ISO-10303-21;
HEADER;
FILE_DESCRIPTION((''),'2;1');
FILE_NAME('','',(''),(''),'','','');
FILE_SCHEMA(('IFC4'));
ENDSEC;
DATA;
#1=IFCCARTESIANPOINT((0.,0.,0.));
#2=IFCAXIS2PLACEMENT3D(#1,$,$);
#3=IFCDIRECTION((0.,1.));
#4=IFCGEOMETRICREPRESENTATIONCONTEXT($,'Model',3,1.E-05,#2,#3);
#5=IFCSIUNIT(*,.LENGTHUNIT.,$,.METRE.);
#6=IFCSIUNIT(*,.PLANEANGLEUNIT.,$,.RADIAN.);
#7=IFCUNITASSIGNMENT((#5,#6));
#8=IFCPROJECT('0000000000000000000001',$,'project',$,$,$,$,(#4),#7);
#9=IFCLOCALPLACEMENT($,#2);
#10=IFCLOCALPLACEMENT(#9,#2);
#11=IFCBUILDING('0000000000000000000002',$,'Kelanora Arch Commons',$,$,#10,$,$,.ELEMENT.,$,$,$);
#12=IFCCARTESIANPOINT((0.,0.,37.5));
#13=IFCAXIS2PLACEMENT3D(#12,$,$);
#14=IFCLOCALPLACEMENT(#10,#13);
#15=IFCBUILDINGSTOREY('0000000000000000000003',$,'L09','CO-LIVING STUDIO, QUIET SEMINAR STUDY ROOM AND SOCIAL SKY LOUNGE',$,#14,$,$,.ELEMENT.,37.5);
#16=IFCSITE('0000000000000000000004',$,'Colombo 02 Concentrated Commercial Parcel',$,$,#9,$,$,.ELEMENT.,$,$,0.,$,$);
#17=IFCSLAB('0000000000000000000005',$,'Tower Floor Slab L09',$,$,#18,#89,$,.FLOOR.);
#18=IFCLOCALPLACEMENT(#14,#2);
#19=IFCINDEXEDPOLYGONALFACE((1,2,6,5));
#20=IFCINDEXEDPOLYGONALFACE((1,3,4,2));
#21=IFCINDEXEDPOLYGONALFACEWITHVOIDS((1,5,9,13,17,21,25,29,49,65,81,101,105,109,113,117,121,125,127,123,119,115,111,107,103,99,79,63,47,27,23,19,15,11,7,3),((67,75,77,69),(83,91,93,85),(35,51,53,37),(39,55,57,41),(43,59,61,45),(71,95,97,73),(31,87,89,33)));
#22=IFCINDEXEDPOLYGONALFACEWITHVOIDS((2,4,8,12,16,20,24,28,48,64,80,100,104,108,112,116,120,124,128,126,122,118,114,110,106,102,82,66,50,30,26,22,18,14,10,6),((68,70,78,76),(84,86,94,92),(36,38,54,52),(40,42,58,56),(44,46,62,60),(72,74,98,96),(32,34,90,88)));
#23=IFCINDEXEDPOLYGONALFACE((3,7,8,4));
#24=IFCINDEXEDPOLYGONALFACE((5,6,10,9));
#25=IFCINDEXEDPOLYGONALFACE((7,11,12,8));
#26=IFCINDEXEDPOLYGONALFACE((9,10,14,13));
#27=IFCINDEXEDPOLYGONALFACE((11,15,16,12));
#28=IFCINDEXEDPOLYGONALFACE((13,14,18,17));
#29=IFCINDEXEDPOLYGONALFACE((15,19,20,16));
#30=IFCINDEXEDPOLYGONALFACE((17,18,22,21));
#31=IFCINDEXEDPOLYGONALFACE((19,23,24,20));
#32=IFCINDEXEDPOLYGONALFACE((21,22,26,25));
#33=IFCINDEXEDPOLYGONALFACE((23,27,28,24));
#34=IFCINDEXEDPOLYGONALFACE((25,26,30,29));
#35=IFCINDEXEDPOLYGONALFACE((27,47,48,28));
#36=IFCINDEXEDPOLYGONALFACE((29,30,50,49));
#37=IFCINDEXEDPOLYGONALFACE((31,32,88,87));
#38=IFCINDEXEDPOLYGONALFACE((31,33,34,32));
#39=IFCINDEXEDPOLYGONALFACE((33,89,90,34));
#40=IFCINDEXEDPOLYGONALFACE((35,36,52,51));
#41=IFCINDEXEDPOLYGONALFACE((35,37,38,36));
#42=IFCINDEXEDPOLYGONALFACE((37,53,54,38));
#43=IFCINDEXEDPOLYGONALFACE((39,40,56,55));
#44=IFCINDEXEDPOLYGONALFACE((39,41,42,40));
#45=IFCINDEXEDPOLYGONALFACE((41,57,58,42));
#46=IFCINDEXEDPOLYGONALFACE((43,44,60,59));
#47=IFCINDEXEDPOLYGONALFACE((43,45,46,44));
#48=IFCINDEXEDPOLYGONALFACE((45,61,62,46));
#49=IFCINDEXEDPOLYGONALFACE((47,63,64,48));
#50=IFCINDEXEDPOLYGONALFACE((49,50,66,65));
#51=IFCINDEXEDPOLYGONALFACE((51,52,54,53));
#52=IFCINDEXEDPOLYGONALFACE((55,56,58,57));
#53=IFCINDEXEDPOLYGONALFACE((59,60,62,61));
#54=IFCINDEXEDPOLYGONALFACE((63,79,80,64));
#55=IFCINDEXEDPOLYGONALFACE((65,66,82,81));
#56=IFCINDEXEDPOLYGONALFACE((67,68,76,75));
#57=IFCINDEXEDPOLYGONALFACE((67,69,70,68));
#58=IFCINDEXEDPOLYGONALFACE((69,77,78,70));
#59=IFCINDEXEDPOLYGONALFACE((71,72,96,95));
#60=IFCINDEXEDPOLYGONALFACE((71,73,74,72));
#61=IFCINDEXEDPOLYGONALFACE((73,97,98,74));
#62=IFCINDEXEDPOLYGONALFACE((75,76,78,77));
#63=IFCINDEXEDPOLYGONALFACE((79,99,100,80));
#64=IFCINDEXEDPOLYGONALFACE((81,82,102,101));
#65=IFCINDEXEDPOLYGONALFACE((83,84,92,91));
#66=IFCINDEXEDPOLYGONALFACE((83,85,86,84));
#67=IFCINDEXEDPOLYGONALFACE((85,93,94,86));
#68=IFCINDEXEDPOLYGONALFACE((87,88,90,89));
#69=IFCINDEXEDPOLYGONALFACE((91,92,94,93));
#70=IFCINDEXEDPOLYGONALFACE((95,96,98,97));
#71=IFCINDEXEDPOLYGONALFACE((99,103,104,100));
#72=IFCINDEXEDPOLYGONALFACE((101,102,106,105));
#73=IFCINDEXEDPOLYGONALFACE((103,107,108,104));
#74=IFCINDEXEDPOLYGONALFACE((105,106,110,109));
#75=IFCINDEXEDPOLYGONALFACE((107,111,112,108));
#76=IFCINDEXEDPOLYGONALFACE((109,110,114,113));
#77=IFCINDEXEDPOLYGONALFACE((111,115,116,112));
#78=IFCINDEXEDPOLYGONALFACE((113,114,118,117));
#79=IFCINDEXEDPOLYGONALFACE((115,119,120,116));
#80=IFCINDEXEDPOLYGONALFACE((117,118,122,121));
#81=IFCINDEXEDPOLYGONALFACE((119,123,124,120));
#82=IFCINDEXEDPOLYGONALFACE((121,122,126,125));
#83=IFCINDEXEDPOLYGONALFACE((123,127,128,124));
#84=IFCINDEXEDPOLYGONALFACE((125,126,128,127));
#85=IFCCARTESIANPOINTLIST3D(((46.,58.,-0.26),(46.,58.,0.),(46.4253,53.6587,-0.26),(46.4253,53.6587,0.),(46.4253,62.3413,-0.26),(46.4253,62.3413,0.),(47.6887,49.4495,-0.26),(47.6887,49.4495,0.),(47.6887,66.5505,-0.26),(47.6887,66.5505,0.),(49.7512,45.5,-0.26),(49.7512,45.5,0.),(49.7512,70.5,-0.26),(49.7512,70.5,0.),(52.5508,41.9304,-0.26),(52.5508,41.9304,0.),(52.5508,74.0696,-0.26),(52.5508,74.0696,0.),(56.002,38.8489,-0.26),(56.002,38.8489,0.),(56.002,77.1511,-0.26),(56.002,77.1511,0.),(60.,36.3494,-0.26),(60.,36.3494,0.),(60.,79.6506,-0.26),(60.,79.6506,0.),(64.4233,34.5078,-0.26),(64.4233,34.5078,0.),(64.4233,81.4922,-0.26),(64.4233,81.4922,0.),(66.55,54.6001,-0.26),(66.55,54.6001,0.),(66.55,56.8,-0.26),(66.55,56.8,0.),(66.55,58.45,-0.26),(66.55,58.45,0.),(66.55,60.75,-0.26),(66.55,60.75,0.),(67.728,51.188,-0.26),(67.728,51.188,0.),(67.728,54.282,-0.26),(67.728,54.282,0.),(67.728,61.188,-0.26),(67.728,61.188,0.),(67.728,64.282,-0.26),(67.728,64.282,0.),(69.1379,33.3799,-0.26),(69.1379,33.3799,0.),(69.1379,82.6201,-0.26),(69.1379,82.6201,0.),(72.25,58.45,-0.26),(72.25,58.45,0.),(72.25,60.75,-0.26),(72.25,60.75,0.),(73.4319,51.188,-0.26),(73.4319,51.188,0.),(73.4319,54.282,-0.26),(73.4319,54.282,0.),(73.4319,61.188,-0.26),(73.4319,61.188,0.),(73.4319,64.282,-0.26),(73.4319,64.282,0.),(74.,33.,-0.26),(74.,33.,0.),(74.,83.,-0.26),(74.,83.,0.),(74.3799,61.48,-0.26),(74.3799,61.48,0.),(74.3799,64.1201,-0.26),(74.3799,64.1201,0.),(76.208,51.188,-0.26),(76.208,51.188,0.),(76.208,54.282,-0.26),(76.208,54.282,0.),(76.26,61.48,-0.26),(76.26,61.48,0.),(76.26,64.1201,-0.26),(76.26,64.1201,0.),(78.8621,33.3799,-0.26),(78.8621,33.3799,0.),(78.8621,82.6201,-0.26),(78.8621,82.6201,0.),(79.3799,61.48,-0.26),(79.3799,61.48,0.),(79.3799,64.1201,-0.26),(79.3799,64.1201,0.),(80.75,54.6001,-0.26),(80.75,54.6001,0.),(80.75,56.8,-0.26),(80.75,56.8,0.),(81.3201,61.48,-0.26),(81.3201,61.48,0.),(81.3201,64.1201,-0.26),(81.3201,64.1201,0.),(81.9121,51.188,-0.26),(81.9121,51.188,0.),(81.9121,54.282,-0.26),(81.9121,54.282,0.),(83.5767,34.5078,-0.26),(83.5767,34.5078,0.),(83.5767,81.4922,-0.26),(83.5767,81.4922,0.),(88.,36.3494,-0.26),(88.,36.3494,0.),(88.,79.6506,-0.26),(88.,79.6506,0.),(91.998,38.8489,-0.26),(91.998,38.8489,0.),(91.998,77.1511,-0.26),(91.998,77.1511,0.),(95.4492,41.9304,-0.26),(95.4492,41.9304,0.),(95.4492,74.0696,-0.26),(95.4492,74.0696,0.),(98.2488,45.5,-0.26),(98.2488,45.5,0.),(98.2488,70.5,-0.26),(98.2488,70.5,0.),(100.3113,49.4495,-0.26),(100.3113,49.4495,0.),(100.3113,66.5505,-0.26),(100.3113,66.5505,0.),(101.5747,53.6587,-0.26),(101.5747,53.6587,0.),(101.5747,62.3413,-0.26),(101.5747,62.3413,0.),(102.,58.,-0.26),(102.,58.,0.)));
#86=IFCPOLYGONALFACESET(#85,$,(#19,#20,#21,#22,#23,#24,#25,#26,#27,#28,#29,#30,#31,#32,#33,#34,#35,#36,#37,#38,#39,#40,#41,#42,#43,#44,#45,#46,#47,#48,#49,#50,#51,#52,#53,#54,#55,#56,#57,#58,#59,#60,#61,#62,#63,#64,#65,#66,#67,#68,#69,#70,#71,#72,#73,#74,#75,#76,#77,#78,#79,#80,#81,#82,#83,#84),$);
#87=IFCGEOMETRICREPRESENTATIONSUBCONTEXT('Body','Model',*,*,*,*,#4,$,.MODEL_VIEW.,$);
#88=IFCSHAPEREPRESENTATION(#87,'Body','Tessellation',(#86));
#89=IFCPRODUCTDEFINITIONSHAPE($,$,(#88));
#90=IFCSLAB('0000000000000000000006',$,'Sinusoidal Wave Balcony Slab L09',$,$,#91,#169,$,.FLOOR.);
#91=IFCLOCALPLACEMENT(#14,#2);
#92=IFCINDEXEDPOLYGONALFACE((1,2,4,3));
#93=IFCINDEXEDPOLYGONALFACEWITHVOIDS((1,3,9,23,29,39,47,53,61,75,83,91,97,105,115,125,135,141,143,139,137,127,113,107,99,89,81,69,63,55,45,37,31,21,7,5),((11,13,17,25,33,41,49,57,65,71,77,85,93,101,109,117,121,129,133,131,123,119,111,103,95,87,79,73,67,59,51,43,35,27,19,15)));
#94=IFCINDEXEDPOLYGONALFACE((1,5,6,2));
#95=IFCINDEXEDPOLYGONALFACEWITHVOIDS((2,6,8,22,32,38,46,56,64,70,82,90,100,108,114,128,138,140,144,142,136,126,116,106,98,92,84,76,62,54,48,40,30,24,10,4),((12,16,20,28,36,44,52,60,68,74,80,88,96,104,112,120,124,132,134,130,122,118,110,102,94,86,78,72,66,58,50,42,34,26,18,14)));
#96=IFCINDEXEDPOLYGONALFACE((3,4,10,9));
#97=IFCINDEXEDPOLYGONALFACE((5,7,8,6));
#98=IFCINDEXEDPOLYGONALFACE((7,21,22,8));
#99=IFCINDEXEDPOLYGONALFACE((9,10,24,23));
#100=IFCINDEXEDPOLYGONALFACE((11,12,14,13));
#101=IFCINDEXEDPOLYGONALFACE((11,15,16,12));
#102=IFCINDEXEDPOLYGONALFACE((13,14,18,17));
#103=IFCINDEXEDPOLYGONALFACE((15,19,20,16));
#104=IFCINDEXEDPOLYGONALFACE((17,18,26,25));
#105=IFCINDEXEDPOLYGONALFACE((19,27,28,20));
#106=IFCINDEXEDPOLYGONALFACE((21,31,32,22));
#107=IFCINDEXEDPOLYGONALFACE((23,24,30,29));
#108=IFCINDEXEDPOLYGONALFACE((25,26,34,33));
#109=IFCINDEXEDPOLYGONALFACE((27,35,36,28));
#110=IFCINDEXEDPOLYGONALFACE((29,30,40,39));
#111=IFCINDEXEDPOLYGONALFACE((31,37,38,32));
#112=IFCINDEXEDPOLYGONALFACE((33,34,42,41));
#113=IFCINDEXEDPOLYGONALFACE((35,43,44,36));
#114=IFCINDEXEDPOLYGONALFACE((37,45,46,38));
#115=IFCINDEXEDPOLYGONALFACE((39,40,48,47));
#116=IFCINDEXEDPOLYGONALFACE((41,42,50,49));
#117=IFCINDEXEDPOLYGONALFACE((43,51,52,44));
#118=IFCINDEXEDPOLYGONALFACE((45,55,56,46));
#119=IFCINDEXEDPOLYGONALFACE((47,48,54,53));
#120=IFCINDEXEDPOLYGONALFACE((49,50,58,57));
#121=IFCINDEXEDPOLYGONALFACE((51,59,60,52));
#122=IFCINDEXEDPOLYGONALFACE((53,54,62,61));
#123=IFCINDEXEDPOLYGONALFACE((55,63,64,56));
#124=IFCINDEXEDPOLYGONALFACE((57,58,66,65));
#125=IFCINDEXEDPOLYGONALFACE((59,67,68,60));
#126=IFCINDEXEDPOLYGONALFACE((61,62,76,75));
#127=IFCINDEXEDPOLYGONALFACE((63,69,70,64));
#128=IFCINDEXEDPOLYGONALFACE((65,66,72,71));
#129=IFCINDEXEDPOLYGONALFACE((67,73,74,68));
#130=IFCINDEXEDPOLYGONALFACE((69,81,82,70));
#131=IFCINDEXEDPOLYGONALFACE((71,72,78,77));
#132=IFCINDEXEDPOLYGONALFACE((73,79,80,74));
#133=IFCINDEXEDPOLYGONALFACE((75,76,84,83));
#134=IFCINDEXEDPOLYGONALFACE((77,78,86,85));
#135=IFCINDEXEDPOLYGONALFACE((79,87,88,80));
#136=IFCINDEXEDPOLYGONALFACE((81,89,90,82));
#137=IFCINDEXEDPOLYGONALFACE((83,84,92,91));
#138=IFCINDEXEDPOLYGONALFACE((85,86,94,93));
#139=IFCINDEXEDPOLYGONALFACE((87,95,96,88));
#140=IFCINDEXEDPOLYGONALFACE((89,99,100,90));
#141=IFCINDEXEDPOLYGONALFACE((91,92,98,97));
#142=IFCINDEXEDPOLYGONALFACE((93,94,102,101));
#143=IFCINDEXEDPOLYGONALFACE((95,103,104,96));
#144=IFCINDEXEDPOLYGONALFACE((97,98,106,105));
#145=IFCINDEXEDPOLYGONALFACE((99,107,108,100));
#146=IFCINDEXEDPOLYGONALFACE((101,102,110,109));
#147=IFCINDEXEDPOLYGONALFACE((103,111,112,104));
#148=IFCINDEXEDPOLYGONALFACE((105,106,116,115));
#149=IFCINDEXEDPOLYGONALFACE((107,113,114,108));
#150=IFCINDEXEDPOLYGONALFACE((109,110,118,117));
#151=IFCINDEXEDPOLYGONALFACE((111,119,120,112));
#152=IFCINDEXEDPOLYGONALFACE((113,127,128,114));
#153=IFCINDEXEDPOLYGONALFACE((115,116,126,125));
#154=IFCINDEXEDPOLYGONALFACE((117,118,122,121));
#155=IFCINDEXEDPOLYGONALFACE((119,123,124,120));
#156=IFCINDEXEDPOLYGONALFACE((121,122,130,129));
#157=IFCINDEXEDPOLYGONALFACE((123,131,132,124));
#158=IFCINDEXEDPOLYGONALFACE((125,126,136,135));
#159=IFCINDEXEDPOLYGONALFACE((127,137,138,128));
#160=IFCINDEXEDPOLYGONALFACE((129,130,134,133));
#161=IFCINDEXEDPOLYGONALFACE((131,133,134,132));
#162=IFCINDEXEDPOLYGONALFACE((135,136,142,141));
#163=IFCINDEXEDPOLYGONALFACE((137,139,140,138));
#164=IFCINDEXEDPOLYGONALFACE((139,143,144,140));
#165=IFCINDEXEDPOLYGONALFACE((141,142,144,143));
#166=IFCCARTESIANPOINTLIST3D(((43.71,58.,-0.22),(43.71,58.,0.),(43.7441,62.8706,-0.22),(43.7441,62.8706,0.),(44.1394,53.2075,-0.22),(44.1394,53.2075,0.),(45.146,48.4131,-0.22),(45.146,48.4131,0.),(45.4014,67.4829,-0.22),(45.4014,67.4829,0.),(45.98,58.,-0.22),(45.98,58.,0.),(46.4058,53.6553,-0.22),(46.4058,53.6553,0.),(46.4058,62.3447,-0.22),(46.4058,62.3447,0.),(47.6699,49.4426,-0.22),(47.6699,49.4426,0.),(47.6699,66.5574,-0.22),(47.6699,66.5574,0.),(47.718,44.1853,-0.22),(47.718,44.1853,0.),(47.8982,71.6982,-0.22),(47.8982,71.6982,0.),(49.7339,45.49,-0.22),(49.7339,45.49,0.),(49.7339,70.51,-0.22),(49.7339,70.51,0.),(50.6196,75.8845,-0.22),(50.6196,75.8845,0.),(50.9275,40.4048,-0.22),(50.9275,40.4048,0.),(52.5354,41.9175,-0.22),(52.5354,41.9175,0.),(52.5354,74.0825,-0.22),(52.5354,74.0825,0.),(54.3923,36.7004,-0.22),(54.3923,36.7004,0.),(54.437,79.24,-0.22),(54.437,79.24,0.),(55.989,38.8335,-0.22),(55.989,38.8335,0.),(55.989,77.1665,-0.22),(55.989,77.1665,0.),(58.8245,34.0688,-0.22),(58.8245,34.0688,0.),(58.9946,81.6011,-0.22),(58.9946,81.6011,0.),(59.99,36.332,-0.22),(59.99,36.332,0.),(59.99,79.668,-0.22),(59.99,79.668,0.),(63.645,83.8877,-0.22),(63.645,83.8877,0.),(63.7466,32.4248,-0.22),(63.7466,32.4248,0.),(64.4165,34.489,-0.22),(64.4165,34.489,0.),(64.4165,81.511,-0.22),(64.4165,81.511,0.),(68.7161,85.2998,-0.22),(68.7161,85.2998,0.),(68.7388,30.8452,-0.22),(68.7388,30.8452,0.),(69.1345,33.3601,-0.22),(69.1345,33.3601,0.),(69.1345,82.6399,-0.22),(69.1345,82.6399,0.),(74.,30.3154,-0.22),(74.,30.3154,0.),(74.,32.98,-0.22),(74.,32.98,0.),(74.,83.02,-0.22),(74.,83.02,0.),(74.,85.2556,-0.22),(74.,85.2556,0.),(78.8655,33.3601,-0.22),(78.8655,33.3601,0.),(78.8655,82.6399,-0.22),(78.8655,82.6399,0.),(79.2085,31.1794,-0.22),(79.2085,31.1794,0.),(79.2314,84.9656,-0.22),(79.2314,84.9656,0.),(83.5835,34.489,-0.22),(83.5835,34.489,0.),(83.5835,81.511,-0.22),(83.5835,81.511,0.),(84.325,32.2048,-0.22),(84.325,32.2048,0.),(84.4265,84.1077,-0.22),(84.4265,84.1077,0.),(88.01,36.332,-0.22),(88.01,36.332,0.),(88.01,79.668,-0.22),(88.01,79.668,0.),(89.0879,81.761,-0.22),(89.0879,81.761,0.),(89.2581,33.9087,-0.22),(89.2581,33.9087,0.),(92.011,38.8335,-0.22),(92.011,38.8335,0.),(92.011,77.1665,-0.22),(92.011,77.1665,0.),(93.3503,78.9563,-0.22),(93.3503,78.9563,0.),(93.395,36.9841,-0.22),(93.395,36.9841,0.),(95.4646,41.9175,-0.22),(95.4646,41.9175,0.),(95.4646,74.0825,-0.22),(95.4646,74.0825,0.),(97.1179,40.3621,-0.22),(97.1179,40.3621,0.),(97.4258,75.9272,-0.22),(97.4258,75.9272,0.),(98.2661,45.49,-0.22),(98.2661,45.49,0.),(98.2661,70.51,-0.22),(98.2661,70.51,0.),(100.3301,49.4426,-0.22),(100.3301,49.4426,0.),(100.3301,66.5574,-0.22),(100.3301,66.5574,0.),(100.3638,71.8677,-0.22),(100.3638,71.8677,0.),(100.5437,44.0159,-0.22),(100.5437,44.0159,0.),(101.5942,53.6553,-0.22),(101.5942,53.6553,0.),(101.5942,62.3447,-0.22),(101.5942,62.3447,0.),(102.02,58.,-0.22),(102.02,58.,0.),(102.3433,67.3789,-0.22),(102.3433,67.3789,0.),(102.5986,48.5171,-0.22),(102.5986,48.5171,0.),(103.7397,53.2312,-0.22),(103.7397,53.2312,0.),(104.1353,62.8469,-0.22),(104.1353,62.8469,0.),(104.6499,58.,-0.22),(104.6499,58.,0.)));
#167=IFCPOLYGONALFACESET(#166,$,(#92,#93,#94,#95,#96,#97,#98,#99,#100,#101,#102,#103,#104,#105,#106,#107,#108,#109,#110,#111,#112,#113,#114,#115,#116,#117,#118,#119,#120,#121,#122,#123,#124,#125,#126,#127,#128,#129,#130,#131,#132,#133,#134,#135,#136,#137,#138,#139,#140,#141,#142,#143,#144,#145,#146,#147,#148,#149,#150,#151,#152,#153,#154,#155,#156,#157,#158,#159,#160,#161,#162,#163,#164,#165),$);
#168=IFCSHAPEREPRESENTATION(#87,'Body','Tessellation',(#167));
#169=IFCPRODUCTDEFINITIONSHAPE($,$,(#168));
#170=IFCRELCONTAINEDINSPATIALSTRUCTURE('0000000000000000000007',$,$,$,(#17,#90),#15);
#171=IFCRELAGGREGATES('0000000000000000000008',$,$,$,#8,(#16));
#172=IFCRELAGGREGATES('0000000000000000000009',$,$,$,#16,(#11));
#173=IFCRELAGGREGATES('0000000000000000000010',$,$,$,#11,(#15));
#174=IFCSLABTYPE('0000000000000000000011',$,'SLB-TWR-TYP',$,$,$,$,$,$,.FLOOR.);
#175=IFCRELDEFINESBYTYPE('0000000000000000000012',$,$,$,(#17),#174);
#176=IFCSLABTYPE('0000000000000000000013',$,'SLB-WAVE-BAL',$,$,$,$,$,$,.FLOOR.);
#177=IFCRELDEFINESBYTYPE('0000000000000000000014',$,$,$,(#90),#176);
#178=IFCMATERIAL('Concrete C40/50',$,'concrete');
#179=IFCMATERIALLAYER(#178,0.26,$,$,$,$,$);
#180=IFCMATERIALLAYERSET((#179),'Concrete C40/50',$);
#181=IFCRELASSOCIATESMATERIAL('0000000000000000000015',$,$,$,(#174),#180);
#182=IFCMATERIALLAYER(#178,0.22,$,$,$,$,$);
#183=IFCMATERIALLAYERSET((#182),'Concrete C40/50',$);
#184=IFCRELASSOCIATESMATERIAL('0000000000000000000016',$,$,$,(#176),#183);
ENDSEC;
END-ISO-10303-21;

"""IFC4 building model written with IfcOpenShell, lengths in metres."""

from ifc_helpers import new_model, si_unit, direction, frame, origin, place, context, subcontext, project, spatial, polyline, outline, extrude, material, layer, layer_set, type_object, element, save


model = new_model("IFC4")

# Units and contexts
model_context = context("Model", 3, precision=1e-05, world=origin(), true_north=direction((0.0, 1.0)))
body_context = subcontext(model_context, "Body", "Model", "MODEL_VIEW")
ifc_project = project(units=[si_unit("LENGTHUNIT", "METRE"), si_unit("PLANEANGLEUNIT", "RADIAN")], contexts=[model_context])

# Site, building, storey
site_placement = place(None, origin())
site = spatial("IfcSite", under=ifc_project, at=site_placement, Name="Colombo 02 Concentrated Commercial Parcel", CompositionType="ELEMENT", RefElevation=0.0)
building_placement = place(site_placement, origin())
building = spatial("IfcBuilding", under=site, at=building_placement, Name="Kelanora Arch Commons", CompositionType="ELEMENT")
storey_placement = place(building_placement, frame((0.0, 0.0, 37.5)))
storey = spatial("IfcBuildingStorey", under=building, at=storey_placement, Name="L09", Description="CO-LIVING STUDIO, QUIET SEMINAR STUDY ROOM AND SOCIAL SKY LOUNGE", CompositionType="ELEMENT", Elevation=37.5)

# Shared definitions
ifc_material_1 = material(Name="Concrete C40/50", Category="concrete")

# Slabs
ifc_layer_1 = layer(ifc_material_1, 0.26)
ifc_layer_set_1 = layer_set([ifc_layer_1], Name="Concrete C40/50")
slab_type_1 = type_object("IfcSlabType", Name="SLB-TWR-TYP", PredefinedType="FLOOR", material=ifc_layer_set_1)
slab_1_placement = place(storey_placement, frame((0.0, 0.0, -0.26)))
element("IfcSlab", 1, at=slab_1_placement, inside=storey, type_object=slab_type_1, Name="Tower Floor Slab L09", PredefinedType="FLOOR", context=body_context, shape_type="SweptSolid", body=[
    extrude(outline(polyline([(102.0, 58.0), (101.5747, 62.3413), (100.3113, 66.5505), (98.2488, 70.5), (95.4492, 74.0696), (91.998, 77.1511), (88.0, 79.6506), (83.5767, 81.4922), (78.8621, 82.6201), (74.0, 83.0), (69.1379, 82.6201), (64.4233, 81.4922), (60.0, 79.6506), (56.002, 77.1511), (52.5508, 74.0696), (49.7512, 70.5), (47.6887, 66.5505), (46.4253, 62.3413), (46.0, 58.0), (46.4253, 53.6587), (47.6887, 49.4495), (49.7512, 45.5), (52.5508, 41.9304), (56.002, 38.8489), (60.0, 36.3494), (64.4233, 34.5078), (69.1379, 33.3799), (74.0, 33.0), (78.8621, 33.3799), (83.5767, 34.5078), (88.0, 36.3494), (91.998, 38.8489), (95.4492, 41.9304), (98.2488, 45.5), (100.3113, 49.4495), (101.5747, 53.6587), (102.0, 58.0)]), holes=[polyline([(73.4319, 51.188), (67.728, 51.188), (67.728, 54.282), (73.4319, 54.282), (73.4319, 51.188)]), polyline([(76.208, 51.188), (76.208, 54.282), (81.9121, 54.282), (81.9121, 51.188), (76.208, 51.188)]), polyline([(66.55, 54.6001), (66.55, 56.8), (80.75, 56.8), (80.75, 54.6001), (66.55, 54.6001)]), polyline([(66.55, 58.45), (66.55, 60.75), (72.25, 60.75), (72.25, 58.45), (66.55, 58.45)]), polyline([(67.728, 61.188), (67.728, 64.282), (73.4319, 64.282), (73.4319, 61.188), (67.728, 61.188)]), polyline([(74.3799, 61.48), (74.3799, 64.1201), (76.26, 64.1201), (76.26, 61.48), (74.3799, 61.48)]), polyline([(79.3799, 61.48), (79.3799, 64.1201), (81.3201, 64.1201), (81.3201, 61.48), (79.3799, 61.48)])]), origin(), (0.0, 0.0, 1.0), 0.26),
])
ifc_layer_2 = layer(ifc_material_1, 0.22)
ifc_layer_set_2 = layer_set([ifc_layer_2], Name="Concrete C40/50")
slab_type_2 = type_object("IfcSlabType", Name="SLB-WAVE-BAL", PredefinedType="FLOOR", material=ifc_layer_set_2)
slab_2_placement = place(storey_placement, frame((0.0, 0.0, -0.22)))
element("IfcSlab", 2, at=slab_2_placement, inside=storey, type_object=slab_type_2, Name="Sinusoidal Wave Balcony Slab L09", PredefinedType="FLOOR", context=body_context, shape_type="SweptSolid", body=[
    extrude(outline(polyline([(104.6499, 58.0), (104.1353, 62.8469), (102.3433, 67.3789), (100.3638, 71.8677), (97.4258, 75.9272), (93.3503, 78.9563), (89.0879, 81.761), (84.4265, 84.1077), (79.2314, 84.9656), (74.0, 85.2556), (68.7161, 85.2998), (63.645, 83.8877), (58.9946, 81.6011), (54.437, 79.24), (50.6196, 75.8845), (47.8982, 71.6982), (45.4014, 67.4829), (43.7441, 62.8706), (43.71, 58.0), (44.1394, 53.2075), (45.146, 48.4131), (47.718, 44.1853), (50.9275, 40.4048), (54.3923, 36.7004), (58.8245, 34.0688), (63.7466, 32.4248), (68.7388, 30.8452), (74.0, 30.3154), (79.2085, 31.1794), (84.325, 32.2048), (89.2581, 33.9087), (93.395, 36.9841), (97.1179, 40.3621), (100.5437, 44.0159), (102.5986, 48.5171), (103.7397, 53.2312), (104.6499, 58.0)]), holes=[polyline([(101.5942, 53.6553), (100.3301, 49.4426), (98.2661, 45.49), (95.4646, 41.9175), (92.011, 38.8335), (88.01, 36.332), (83.5835, 34.489), (78.8655, 33.3601), (74.0, 32.98), (69.1345, 33.3601), (64.4165, 34.489), (59.99, 36.332), (55.989, 38.8335), (52.5354, 41.9175), (49.7339, 45.49), (47.6699, 49.4426), (46.4058, 53.6553), (45.98, 58.0), (46.4058, 62.3447), (47.6699, 66.5574), (49.7339, 70.51), (52.5354, 74.0825), (55.989, 77.1665), (59.99, 79.668), (64.4165, 81.511), (69.1345, 82.6399), (74.0, 83.02), (78.8655, 82.6399), (83.5835, 81.511), (88.01, 79.668), (92.011, 77.1665), (95.4646, 74.0825), (98.2661, 70.51), (100.3301, 66.5574), (101.5942, 62.3447), (102.02, 58.0), (101.5942, 53.6553)])]), origin(), (0.0, 0.0, 1.0), 0.22),
])

save(model, "model.ifc")
